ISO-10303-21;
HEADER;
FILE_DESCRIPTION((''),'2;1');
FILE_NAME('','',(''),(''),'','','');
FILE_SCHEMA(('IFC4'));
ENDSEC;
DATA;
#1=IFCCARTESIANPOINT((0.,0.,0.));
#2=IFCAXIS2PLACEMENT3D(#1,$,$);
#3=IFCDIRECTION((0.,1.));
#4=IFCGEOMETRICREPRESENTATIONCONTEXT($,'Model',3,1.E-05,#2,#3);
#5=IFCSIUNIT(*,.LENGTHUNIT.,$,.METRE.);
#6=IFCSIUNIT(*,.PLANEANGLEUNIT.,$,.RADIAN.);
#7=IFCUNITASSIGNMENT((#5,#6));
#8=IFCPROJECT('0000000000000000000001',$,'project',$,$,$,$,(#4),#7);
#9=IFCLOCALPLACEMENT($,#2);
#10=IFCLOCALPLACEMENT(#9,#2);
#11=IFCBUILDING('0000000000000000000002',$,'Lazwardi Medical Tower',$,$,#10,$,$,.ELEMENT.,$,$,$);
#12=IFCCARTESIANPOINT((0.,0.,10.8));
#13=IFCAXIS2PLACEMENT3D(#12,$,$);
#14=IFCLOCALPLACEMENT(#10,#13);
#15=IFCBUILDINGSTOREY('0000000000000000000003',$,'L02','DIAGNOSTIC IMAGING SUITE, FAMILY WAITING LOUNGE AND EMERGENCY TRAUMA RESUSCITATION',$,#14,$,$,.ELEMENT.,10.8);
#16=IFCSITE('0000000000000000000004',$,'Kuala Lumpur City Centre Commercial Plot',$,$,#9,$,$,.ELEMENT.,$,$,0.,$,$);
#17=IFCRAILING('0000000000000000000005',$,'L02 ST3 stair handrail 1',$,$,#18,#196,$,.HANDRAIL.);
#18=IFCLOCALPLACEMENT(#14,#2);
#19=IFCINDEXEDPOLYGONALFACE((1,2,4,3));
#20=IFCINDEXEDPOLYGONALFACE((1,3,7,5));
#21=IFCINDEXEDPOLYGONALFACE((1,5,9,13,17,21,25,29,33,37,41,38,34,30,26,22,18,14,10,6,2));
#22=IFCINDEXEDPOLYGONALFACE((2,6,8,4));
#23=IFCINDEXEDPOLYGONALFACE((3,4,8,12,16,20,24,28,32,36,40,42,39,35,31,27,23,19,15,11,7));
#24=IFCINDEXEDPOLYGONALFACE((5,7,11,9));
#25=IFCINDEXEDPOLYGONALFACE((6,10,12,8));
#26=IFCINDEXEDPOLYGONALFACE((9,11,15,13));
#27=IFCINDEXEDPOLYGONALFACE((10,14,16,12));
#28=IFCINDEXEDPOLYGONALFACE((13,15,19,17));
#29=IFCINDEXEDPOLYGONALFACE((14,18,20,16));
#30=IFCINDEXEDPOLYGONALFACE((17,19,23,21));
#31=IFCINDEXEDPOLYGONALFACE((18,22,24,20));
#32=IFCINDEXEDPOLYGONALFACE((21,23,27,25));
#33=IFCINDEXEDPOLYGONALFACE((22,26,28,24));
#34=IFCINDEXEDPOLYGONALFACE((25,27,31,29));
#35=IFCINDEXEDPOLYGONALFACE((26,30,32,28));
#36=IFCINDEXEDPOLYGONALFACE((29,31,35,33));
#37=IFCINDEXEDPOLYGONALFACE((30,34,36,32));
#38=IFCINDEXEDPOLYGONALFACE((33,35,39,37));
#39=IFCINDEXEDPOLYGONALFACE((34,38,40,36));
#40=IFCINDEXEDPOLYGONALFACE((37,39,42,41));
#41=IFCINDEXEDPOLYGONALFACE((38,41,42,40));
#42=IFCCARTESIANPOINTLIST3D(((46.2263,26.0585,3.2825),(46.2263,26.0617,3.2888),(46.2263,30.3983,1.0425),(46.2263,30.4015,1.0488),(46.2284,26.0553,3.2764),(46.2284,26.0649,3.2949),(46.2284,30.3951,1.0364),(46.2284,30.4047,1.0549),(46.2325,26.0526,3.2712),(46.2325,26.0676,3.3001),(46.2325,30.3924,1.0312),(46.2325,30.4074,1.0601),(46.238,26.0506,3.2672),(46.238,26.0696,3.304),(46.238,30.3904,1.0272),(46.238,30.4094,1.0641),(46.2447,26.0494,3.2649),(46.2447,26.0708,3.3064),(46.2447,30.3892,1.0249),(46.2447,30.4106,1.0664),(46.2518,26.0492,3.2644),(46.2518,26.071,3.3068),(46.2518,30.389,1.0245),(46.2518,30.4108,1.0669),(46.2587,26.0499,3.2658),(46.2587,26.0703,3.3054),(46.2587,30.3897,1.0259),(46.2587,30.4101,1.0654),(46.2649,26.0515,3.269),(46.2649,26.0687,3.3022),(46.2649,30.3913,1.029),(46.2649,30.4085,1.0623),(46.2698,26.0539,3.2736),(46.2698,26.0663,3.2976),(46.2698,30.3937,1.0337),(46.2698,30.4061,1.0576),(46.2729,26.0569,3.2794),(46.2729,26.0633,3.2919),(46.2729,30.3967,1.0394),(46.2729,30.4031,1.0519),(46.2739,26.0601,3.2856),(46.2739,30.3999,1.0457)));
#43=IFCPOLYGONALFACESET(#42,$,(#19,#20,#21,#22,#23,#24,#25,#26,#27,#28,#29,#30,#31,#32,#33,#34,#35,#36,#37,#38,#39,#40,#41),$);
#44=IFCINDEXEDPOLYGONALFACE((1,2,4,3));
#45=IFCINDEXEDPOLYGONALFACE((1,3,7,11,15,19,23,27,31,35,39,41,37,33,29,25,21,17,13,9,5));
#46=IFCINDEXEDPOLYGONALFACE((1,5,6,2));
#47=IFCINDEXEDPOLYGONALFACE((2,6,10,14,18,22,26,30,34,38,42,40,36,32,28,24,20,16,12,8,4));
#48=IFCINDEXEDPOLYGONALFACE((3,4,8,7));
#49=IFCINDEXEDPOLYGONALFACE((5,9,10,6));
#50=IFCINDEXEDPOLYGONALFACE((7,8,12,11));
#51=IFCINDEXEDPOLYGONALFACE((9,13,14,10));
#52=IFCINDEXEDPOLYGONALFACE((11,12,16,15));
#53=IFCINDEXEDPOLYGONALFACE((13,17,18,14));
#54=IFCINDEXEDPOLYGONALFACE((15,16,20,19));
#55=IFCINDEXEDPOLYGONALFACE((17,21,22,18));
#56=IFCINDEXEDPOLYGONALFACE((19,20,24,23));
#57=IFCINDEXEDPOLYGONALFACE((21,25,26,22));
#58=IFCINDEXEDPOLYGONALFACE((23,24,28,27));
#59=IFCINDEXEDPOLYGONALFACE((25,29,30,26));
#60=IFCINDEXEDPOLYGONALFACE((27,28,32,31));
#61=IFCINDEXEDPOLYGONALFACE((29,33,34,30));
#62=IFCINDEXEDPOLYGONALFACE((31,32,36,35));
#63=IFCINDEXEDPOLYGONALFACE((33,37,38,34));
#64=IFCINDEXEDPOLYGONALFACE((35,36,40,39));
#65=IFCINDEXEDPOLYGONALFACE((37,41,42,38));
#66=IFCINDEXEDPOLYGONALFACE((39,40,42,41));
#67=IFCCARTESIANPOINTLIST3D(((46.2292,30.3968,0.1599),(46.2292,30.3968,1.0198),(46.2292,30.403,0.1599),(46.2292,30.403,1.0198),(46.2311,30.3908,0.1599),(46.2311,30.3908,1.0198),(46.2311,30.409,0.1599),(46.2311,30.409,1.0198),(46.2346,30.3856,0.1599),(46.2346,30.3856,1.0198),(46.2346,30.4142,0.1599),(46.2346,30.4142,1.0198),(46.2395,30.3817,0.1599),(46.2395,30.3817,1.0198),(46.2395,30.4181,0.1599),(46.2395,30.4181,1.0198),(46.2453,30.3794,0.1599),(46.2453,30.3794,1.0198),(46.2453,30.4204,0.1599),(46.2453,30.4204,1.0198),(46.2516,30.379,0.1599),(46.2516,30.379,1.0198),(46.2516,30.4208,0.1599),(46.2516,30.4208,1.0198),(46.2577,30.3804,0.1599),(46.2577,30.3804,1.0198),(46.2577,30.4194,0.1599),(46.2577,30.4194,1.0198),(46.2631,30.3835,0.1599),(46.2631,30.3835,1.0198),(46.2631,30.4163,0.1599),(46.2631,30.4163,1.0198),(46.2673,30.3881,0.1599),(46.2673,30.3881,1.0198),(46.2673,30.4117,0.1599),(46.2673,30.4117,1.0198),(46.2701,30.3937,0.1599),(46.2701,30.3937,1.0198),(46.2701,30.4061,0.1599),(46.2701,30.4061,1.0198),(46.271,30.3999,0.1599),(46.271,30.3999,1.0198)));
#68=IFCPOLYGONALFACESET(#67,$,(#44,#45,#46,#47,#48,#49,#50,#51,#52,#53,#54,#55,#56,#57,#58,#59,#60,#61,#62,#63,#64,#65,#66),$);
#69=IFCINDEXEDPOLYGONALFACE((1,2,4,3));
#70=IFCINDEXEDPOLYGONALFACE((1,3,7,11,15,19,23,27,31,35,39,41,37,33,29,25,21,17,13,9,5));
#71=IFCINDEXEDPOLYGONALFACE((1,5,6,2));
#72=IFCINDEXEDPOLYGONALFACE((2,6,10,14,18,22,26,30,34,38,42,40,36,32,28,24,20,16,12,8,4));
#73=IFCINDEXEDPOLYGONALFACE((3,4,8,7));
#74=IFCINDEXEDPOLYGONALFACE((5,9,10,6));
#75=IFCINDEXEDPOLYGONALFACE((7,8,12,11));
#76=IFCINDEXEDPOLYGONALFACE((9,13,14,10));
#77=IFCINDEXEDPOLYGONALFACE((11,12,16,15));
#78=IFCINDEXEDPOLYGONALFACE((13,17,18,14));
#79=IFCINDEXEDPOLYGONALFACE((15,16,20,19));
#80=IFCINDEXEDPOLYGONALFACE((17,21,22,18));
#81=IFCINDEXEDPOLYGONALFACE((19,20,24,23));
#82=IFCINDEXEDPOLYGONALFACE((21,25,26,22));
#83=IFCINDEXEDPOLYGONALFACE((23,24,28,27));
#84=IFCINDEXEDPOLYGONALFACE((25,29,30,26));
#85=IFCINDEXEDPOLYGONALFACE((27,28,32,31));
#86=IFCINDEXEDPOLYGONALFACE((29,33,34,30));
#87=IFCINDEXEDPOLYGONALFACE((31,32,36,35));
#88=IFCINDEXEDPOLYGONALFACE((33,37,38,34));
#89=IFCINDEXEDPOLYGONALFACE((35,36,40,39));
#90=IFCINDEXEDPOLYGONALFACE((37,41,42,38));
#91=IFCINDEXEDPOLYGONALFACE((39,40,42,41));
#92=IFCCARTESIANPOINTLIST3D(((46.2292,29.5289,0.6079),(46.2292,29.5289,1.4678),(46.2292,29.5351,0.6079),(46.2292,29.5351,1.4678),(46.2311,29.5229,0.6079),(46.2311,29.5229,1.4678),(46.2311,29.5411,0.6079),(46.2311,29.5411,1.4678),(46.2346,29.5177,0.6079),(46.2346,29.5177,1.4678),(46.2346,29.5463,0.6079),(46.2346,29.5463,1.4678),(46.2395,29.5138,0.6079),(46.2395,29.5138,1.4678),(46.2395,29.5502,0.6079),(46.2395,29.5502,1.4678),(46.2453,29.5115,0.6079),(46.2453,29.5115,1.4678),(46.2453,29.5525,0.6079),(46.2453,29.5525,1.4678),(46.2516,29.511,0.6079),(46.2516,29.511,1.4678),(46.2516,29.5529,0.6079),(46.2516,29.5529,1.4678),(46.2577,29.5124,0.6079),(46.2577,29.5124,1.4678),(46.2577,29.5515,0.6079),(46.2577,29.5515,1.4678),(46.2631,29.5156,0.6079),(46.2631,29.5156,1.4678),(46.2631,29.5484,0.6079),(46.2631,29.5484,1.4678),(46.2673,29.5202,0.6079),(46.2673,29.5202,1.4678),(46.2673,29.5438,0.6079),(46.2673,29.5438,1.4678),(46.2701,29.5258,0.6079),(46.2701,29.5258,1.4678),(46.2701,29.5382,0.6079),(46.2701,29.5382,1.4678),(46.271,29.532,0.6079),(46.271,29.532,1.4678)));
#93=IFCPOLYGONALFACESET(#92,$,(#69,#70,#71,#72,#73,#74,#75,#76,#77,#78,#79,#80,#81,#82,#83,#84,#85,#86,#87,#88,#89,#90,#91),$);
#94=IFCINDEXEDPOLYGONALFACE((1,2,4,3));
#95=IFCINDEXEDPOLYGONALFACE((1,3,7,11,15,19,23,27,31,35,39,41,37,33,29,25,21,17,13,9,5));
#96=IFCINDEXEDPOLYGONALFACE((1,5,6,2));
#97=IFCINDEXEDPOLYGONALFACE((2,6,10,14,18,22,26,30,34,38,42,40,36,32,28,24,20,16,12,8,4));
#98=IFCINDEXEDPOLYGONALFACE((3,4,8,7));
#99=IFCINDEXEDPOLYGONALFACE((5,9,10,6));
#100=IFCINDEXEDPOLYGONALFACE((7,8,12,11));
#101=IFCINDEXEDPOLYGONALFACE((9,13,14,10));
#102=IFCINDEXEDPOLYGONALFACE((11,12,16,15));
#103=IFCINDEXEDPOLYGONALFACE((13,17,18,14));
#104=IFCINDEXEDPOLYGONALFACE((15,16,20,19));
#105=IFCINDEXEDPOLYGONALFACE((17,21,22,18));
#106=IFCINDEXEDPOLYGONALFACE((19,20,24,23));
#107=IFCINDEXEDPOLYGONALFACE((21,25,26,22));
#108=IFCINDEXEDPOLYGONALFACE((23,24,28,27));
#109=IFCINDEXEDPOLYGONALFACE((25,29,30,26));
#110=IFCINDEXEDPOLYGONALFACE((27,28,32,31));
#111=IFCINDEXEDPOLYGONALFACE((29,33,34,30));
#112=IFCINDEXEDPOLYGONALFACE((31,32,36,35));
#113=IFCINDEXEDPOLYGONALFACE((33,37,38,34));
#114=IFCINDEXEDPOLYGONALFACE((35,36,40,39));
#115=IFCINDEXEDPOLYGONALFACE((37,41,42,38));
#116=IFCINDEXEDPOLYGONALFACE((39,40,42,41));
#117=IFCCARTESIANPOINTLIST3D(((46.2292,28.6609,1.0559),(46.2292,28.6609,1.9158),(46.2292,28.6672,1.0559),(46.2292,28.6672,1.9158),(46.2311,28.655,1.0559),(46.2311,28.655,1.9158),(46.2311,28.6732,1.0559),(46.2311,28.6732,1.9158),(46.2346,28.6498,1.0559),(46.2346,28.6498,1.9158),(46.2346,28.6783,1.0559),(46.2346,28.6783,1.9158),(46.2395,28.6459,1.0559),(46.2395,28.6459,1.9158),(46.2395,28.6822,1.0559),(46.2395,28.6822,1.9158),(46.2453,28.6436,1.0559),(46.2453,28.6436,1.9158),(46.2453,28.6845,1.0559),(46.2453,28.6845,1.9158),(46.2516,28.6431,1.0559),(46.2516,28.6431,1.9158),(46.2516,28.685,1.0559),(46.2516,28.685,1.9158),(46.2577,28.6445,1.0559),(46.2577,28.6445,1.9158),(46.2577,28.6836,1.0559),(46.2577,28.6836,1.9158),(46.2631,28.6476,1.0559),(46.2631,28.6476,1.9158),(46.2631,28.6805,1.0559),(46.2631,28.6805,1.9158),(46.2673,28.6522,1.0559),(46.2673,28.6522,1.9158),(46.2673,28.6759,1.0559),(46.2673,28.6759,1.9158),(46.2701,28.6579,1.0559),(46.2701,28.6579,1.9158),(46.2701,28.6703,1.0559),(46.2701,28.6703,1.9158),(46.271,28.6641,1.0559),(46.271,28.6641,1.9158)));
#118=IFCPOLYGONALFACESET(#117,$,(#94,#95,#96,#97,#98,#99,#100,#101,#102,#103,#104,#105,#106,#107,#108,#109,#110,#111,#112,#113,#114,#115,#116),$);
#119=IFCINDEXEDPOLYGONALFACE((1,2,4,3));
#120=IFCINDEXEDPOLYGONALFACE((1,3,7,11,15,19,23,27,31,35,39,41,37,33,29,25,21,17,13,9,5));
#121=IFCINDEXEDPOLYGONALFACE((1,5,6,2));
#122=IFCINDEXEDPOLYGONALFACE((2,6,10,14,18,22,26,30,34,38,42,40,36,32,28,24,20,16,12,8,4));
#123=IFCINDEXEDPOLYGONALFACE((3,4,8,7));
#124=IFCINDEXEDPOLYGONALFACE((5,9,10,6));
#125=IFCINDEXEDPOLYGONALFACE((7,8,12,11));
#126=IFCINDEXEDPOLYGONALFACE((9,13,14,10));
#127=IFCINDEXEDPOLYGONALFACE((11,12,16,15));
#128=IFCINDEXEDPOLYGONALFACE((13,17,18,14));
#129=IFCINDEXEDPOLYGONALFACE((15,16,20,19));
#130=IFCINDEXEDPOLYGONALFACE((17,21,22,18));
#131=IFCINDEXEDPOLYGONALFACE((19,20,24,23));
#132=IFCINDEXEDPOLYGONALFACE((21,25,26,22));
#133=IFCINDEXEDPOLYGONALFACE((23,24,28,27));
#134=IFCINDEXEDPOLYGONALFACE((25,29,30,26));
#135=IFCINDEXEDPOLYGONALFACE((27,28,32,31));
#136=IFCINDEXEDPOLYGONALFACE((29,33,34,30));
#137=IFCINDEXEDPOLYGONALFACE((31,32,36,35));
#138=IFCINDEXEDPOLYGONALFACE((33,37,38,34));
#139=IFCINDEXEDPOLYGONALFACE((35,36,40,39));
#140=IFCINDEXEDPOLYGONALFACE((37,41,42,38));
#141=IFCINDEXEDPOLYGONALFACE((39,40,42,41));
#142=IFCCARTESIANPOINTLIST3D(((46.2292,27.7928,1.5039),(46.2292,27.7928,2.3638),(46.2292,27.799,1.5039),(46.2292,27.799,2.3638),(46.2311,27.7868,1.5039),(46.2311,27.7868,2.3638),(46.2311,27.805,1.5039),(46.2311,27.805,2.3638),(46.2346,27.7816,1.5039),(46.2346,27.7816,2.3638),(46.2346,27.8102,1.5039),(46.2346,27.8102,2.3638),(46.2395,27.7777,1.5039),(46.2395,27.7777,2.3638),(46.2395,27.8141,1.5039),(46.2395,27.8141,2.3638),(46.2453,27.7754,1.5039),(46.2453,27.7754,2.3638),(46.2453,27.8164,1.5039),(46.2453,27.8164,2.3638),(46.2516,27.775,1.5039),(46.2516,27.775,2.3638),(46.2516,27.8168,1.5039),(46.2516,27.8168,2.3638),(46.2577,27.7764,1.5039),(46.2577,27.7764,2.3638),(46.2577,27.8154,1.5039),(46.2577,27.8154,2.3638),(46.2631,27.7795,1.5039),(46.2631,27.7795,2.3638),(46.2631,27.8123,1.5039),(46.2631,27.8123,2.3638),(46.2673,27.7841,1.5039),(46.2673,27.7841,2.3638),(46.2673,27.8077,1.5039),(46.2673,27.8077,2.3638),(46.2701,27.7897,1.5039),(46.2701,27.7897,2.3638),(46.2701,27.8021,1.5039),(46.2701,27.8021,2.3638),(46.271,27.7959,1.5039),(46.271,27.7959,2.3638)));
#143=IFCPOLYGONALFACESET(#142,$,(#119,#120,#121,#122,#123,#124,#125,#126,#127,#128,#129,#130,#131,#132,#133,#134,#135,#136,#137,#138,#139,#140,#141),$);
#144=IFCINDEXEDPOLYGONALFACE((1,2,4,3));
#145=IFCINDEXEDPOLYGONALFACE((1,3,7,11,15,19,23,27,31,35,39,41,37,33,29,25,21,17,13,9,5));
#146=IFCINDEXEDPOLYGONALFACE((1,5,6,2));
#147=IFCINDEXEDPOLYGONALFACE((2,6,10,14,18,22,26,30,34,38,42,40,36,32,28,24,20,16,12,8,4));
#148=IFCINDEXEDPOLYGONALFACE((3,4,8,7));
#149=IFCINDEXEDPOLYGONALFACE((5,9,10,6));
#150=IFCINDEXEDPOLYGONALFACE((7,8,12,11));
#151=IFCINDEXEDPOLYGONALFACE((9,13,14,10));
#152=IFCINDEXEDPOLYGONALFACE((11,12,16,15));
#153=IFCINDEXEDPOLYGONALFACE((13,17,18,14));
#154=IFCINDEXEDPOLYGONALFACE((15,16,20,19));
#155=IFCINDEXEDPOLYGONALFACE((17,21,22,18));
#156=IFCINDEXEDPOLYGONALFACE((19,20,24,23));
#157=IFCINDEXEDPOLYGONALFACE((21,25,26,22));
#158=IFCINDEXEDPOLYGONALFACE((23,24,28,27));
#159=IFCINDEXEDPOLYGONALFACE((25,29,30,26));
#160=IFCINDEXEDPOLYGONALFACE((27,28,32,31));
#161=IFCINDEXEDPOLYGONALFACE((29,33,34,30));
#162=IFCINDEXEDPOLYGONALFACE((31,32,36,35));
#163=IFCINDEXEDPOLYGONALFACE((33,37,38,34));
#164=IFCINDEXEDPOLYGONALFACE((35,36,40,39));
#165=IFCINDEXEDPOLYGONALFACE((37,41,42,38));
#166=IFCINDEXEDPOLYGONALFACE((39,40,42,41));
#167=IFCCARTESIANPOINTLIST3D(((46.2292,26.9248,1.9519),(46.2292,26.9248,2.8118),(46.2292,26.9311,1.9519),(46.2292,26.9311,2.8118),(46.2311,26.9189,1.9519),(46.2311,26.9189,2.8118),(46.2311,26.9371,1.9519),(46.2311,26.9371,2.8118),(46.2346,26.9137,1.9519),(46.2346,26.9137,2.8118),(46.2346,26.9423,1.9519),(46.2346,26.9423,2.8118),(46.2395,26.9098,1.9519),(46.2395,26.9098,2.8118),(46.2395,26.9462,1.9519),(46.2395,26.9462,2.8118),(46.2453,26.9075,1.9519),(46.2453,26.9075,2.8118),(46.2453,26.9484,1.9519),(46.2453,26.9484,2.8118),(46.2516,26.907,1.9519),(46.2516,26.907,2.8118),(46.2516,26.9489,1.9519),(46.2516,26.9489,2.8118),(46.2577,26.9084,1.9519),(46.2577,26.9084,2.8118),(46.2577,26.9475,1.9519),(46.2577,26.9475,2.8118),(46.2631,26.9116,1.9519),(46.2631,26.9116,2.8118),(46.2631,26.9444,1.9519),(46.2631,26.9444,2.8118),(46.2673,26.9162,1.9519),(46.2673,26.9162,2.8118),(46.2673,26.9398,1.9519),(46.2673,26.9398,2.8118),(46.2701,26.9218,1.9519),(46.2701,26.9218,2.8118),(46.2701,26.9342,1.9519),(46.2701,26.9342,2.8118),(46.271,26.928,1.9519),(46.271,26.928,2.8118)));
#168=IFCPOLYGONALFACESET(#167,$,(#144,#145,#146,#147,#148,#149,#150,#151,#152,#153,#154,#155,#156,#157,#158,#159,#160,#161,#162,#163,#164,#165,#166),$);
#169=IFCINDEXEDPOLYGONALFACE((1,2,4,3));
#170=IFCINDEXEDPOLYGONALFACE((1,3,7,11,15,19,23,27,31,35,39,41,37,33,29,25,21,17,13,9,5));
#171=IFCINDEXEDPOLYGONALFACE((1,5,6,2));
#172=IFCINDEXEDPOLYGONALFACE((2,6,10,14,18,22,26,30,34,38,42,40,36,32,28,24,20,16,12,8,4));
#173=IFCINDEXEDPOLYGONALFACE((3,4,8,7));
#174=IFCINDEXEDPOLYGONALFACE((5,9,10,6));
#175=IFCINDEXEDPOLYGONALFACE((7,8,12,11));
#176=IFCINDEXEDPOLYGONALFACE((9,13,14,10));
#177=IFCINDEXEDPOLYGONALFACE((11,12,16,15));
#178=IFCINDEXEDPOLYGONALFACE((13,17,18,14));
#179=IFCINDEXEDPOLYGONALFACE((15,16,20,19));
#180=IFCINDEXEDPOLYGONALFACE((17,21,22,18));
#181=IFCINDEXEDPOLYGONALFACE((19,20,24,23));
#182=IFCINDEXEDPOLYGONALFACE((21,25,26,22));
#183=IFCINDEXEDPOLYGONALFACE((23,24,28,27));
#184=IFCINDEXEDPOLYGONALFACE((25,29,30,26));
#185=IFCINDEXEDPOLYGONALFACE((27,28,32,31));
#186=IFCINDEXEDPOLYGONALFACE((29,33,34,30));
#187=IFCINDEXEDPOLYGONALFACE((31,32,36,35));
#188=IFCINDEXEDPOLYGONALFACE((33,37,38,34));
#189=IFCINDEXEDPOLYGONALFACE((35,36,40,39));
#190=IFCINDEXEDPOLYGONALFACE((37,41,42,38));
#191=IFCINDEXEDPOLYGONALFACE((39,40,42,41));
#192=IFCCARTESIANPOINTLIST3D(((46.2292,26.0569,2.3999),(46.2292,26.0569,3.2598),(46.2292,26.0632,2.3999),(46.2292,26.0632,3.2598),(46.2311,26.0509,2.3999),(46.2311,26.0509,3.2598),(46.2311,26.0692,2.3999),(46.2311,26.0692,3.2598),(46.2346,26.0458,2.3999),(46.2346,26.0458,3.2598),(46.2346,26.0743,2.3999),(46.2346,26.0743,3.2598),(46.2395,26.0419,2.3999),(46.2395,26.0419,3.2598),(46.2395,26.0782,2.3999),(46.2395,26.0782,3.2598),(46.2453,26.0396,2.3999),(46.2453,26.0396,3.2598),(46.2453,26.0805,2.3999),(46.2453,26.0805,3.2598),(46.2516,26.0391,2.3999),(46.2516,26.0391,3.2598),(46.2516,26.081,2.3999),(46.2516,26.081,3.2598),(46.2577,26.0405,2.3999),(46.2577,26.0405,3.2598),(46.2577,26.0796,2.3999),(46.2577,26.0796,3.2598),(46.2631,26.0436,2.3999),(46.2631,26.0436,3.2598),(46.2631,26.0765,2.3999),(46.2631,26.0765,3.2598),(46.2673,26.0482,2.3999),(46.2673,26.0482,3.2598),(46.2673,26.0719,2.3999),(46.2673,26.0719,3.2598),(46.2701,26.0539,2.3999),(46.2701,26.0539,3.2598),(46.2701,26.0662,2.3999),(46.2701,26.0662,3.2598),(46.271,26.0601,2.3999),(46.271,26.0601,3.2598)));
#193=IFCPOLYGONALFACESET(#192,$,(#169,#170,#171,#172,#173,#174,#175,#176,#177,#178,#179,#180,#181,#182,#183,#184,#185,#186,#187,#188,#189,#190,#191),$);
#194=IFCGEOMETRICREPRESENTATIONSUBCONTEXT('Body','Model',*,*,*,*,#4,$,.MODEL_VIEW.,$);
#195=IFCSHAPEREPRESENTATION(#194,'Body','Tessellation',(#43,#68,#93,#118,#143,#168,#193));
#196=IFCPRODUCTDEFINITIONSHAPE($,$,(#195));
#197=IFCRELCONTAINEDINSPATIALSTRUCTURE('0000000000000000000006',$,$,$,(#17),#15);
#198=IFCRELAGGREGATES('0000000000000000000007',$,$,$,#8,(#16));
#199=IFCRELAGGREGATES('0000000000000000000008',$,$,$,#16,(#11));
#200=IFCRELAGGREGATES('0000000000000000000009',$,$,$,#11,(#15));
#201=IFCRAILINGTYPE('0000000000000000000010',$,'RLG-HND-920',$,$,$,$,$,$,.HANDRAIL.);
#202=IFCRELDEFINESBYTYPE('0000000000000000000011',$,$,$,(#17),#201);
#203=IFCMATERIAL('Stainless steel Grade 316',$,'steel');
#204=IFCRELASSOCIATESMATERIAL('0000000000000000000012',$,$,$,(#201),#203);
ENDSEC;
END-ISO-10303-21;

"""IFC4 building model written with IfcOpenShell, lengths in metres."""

from ifc_helpers import new_model, si_unit, direction, frame, origin, origin_2d, place, context, subcontext, project, spatial, circle, extrude, material, type_object, element, save


model = new_model("IFC4")

# Units and contexts
model_context = context("Model", 3, precision=1e-05, world=origin(), true_north=direction((0.0, 1.0)))
body_context = subcontext(model_context, "Body", "Model", "MODEL_VIEW")
ifc_project = project(units=[si_unit("LENGTHUNIT", "METRE"), si_unit("PLANEANGLEUNIT", "RADIAN")], contexts=[model_context])

# Site, building, storey
site_placement = place(None, origin())
site = spatial("IfcSite", under=ifc_project, at=site_placement, Name="Kuala Lumpur City Centre Commercial Plot", CompositionType="ELEMENT", RefElevation=0.0)
building_placement = place(site_placement, origin())
building = spatial("IfcBuilding", under=site, at=building_placement, Name="Lazwardi Medical Tower", CompositionType="ELEMENT")
storey_placement = place(building_placement, frame((0.0, 0.0, 10.8)))
storey = spatial("IfcBuildingStorey", under=building, at=storey_placement, Name="L02", Description="DIAGNOSTIC IMAGING SUITE, FAMILY WAITING LOUNGE AND EMERGENCY TRAUMA RESUSCITATION", CompositionType="ELEMENT", Elevation=10.8)

# Railing
ifc_material_1 = material(Name="Stainless steel Grade 316", Category="steel")
railing_type_1 = type_object("IfcRailingType", Name="RLG-HND-920", PredefinedType="HANDRAIL", material=ifc_material_1)
railing_1_placement = place(storey_placement, frame((46.25, 30.3999, 0.1599)))
element("IfcRailing", 1, at=railing_1_placement, inside=storey, type_object=railing_type_1, Name="L02 ST3 stair handrail 1", PredefinedType="HANDRAIL", context=body_context, shape_type="SweptSolid", body=[
    extrude(circle(Radius=0.0239, at=origin_2d()), frame((0.0, 0.0, 0.8857), z_axis=(0.0, -0.888615, 0.458654), x_axis=(1.0, 0.0, 0.0)), (0.0, 0.0, 1.0), 4.8838),
    extrude(circle(Radius=0.021, at=origin_2d()), origin(), (0.0, 0.0, 1.0), 0.8599),
    extrude(circle(Radius=0.021, at=origin_2d()), frame((0.0, -0.8679, 0.448)), (0.0, 0.0, 1.0), 0.8599),
    extrude(circle(Radius=0.021, at=origin_2d()), frame((0.0, -1.7358, 0.896)), (0.0, 0.0, 1.0), 0.8599),
    extrude(circle(Radius=0.021, at=origin_2d()), frame((0.0, -2.604, 1.344)), (0.0, 0.0, 1.0), 0.8599),
    extrude(circle(Radius=0.021, at=origin_2d()), frame((0.0, -3.4719, 1.792)), (0.0, 0.0, 1.0), 0.8599),
    extrude(circle(Radius=0.021, at=origin_2d()), frame((0.0, -4.3398, 2.24)), (0.0, 0.0, 1.0), 0.8599),
])

save(model, "model.ifc")
